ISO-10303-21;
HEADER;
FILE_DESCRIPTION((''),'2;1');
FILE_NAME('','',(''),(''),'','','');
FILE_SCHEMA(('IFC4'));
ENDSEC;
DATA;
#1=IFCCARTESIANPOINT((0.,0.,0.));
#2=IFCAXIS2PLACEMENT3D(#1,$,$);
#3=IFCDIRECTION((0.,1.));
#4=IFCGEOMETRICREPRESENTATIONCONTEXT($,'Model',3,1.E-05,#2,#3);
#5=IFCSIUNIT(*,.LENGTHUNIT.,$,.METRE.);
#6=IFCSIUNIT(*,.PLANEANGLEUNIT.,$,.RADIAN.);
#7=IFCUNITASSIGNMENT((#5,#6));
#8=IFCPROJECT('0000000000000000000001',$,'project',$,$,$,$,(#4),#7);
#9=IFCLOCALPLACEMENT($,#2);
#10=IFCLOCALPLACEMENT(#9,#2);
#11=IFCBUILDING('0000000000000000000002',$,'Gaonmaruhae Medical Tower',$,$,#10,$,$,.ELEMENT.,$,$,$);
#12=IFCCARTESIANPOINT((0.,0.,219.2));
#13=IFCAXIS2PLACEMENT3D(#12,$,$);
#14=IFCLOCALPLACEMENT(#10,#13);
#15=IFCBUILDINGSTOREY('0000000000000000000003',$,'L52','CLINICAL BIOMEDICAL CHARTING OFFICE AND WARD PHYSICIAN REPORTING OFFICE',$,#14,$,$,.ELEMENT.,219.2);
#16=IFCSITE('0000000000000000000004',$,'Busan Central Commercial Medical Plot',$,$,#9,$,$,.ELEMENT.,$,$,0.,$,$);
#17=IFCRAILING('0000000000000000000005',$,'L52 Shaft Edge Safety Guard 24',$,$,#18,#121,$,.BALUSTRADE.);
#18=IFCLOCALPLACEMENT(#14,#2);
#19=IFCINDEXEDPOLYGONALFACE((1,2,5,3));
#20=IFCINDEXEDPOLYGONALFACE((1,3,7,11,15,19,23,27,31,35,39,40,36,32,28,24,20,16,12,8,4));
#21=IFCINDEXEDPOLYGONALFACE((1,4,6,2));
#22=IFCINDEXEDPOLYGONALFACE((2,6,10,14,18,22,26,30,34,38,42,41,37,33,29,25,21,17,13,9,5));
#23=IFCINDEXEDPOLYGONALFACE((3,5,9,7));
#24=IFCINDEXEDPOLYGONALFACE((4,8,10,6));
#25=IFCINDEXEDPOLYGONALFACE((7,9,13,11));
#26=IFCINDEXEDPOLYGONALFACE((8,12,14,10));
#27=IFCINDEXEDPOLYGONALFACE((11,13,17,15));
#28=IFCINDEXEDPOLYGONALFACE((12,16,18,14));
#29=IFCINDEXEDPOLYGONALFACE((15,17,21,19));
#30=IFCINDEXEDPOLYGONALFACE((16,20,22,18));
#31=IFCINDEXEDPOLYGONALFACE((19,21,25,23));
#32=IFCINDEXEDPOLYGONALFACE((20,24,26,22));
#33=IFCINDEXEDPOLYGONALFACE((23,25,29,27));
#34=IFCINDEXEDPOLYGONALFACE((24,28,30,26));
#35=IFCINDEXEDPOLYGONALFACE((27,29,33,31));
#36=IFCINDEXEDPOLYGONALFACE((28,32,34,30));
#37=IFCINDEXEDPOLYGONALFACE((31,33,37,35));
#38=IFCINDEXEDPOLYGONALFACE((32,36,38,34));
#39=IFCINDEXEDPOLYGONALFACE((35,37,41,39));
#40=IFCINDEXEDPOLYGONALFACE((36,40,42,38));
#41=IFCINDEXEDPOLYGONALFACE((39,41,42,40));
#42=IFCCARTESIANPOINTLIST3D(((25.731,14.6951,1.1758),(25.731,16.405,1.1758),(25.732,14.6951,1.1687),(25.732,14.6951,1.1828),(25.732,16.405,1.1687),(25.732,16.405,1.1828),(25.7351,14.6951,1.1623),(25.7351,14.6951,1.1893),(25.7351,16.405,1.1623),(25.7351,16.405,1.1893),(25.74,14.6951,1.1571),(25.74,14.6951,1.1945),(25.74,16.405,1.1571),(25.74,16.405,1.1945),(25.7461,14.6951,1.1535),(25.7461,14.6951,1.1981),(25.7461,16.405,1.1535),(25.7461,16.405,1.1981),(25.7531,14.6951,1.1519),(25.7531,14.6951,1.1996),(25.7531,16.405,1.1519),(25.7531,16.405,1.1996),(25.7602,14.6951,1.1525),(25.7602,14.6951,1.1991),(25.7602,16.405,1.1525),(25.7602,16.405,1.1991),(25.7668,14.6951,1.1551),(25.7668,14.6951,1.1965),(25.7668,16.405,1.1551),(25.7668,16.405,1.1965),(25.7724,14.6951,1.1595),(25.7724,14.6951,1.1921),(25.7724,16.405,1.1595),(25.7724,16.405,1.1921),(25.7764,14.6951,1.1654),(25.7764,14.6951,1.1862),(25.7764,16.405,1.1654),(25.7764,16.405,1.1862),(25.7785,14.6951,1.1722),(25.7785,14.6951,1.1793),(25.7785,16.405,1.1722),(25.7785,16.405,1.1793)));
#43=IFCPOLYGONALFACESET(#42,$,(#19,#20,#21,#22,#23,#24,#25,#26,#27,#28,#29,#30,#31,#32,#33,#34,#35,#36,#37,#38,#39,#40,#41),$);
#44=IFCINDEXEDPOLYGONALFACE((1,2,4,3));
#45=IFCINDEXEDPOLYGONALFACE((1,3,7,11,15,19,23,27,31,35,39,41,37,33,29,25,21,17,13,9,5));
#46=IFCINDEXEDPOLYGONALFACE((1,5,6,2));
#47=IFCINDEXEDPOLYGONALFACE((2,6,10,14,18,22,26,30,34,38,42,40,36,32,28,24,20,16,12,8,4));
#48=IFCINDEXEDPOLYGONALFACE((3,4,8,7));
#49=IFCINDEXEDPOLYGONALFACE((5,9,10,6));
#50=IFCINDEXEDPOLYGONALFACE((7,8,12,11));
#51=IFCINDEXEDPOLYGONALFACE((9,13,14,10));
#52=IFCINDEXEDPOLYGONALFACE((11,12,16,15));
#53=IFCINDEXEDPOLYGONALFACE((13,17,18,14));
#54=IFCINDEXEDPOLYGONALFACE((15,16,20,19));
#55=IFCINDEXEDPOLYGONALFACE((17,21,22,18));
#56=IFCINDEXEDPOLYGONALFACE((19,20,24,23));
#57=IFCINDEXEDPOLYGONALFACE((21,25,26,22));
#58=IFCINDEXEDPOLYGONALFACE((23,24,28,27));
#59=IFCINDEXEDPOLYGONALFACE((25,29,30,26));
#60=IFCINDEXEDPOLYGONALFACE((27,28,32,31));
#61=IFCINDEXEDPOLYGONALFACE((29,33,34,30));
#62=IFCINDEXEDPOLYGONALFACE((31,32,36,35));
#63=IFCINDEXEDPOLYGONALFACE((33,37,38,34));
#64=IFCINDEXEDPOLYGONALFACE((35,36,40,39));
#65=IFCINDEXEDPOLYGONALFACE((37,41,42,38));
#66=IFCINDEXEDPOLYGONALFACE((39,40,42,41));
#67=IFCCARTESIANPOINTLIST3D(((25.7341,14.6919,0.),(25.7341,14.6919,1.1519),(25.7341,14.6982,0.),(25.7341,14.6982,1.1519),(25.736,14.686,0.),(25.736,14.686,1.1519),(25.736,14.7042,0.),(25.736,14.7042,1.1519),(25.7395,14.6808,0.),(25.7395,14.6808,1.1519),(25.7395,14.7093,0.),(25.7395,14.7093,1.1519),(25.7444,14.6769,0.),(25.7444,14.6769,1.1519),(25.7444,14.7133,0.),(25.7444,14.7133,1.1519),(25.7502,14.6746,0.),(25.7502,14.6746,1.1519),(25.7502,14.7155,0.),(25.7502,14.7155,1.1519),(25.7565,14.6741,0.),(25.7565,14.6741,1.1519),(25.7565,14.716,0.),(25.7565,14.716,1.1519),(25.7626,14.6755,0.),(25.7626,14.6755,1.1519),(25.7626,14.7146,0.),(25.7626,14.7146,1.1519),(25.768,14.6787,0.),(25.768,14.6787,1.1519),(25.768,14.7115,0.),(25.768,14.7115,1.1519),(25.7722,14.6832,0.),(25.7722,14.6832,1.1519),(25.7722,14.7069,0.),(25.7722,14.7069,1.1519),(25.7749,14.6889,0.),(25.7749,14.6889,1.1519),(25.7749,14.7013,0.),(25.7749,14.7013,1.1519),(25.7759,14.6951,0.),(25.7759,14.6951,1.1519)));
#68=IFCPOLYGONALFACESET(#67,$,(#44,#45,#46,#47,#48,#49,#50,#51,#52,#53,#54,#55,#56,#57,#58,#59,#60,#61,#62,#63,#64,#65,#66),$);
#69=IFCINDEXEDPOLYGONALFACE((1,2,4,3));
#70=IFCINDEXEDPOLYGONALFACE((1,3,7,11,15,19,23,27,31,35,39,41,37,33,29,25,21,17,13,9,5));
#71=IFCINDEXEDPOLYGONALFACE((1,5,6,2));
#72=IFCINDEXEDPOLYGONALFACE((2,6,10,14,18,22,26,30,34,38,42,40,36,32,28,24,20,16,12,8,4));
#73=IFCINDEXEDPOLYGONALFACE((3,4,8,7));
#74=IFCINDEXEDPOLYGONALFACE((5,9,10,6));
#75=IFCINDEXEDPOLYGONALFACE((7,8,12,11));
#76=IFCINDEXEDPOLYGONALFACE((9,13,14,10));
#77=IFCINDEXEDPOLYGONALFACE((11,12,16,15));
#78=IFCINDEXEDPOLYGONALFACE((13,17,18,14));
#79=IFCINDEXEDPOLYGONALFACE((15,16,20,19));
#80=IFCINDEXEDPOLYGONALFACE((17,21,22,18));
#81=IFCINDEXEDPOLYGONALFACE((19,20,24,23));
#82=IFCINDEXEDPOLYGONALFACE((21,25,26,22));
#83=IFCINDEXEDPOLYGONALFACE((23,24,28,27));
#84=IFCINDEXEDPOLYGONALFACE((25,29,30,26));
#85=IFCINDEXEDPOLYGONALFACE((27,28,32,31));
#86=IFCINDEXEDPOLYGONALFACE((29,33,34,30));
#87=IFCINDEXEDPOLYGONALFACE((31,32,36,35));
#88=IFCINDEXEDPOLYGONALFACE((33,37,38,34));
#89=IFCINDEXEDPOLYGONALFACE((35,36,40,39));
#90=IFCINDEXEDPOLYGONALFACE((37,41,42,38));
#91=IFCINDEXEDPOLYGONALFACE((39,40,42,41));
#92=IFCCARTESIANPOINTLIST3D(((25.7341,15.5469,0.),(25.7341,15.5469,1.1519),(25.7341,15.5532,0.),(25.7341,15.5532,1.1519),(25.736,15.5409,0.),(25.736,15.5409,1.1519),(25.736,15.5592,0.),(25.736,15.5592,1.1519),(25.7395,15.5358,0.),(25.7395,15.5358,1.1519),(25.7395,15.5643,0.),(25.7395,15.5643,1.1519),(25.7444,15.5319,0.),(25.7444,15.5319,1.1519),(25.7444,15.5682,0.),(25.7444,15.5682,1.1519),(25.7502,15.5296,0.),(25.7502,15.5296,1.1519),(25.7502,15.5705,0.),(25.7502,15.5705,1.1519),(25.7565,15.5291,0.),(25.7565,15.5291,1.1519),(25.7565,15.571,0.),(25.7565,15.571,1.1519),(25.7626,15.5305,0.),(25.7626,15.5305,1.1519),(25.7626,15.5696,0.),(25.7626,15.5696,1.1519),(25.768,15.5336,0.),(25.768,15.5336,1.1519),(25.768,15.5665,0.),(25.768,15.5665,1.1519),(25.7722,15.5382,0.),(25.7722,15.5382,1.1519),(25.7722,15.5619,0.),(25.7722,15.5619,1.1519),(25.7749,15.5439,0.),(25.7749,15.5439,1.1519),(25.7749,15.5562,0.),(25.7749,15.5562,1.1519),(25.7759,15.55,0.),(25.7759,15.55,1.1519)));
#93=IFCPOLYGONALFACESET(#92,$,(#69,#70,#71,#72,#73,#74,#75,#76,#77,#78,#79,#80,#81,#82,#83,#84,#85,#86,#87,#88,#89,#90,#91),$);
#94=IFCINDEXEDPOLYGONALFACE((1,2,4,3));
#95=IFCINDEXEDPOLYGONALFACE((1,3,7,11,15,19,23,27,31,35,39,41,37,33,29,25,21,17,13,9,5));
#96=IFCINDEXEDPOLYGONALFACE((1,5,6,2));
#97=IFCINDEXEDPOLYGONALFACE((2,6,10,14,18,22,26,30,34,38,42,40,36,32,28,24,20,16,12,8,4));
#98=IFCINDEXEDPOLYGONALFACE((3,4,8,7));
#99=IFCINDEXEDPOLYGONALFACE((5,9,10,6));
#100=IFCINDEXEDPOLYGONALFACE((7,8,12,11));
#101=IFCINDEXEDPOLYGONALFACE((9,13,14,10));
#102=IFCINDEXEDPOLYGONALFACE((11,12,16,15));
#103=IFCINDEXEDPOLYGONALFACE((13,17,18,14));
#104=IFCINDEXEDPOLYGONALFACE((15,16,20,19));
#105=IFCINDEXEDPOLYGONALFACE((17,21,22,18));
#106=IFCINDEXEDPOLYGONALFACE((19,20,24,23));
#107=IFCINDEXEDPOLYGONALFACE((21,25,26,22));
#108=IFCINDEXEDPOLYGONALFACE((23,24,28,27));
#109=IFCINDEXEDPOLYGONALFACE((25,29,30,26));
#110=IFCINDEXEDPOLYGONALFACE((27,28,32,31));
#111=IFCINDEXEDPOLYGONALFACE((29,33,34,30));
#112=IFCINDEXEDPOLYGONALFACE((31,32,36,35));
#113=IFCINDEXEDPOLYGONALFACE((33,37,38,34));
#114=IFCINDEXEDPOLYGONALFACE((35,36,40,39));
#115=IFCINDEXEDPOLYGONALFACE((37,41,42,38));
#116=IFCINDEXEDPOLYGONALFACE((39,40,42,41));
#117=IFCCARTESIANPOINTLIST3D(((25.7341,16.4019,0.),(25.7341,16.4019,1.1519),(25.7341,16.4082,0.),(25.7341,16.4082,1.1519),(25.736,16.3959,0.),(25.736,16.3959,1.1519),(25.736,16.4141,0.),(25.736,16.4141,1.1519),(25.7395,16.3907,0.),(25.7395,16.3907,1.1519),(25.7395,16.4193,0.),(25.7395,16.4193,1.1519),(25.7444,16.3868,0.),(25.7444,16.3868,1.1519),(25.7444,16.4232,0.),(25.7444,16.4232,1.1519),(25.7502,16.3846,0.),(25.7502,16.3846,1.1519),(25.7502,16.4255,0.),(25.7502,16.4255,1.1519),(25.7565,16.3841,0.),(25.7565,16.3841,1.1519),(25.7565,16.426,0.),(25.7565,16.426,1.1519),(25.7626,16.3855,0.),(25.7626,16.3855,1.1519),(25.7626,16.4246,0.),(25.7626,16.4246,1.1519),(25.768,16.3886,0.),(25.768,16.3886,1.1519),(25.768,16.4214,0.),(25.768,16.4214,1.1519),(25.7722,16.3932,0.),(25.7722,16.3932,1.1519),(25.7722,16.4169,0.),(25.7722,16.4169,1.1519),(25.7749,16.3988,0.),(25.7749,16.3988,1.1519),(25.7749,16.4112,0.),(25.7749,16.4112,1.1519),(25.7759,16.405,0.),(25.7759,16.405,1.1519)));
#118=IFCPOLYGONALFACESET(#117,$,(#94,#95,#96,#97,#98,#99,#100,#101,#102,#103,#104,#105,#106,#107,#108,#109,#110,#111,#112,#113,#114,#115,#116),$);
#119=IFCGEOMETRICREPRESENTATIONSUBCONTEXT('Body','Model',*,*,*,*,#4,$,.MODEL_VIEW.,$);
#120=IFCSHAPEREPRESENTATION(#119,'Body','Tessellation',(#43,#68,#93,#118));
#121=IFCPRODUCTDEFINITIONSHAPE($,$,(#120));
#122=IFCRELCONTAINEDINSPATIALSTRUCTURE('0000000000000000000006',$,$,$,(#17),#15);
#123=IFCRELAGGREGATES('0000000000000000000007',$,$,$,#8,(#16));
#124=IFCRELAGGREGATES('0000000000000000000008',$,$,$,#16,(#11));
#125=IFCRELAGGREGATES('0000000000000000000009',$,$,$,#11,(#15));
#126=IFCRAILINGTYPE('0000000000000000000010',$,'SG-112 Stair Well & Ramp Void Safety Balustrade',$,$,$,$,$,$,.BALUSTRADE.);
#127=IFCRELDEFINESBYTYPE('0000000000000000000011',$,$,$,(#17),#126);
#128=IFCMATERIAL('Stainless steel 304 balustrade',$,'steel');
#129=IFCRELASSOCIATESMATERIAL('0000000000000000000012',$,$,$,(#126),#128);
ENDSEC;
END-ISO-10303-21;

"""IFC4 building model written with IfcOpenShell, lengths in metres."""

from ifc_helpers import new_model, si_unit, direction, frame, origin, origin_2d, place, context, subcontext, project, spatial, circle, extrude, material, type_object, element, save


model = new_model("IFC4")

# Units and contexts
model_context = context("Model", 3, precision=1e-05, world=origin(), true_north=direction((0.0, 1.0)))
body_context = subcontext(model_context, "Body", "Model", "MODEL_VIEW")
ifc_project = project(units=[si_unit("LENGTHUNIT", "METRE"), si_unit("PLANEANGLEUNIT", "RADIAN")], contexts=[model_context])

# Site, building, storey
site_placement = place(None, origin())
site = spatial("IfcSite", under=ifc_project, at=site_placement, Name="Busan Central Commercial Medical Plot", CompositionType="ELEMENT", RefElevation=0.0)
building_placement = place(site_placement, origin())
building = spatial("IfcBuilding", under=site, at=building_placement, Name="Gaonmaruhae Medical Tower", CompositionType="ELEMENT")
storey_placement = place(building_placement, frame((0.0, 0.0, 219.2)))
storey = spatial("IfcBuildingStorey", under=building, at=storey_placement, Name="L52", Description="CLINICAL BIOMEDICAL CHARTING OFFICE AND WARD PHYSICIAN REPORTING OFFICE", CompositionType="ELEMENT", Elevation=219.2)

# Railing
ifc_material_1 = material(Name="Stainless steel 304 balustrade", Category="steel")
railing_type_1 = type_object("IfcRailingType", Name="SG-112 Stair Well & Ramp Void Safety Balustrade", PredefinedType="BALUSTRADE", material=ifc_material_1)
railing_1_placement = place(storey_placement, frame((25.7549, 14.6951, 0.0)))
element("IfcRailing", 1, at=railing_1_placement, inside=storey, type_object=railing_type_1, Name="L52 Shaft Edge Safety Guard 24", PredefinedType="BALUSTRADE", context=body_context, shape_type="SweptSolid", body=[
    extrude(circle(Radius=0.0239, at=origin_2d()), frame((0.0, 0.0, 1.1758), z_axis=(0.0, 1.0, 0.0), x_axis=(-1.0, 0.0, 0.0)), (0.0, 0.0, 1.0), 1.71),
    extrude(circle(Radius=0.021, at=origin_2d()), origin(), (0.0, 0.0, 1.0), 1.1519),
    extrude(circle(Radius=0.021, at=origin_2d()), frame((0.0, 0.855, 0.0)), (0.0, 0.0, 1.0), 1.1519),
    extrude(circle(Radius=0.021, at=origin_2d()), frame((0.0, 1.71, 0.0)), (0.0, 0.0, 1.0), 1.1519),
])

save(model, "model.ifc")
